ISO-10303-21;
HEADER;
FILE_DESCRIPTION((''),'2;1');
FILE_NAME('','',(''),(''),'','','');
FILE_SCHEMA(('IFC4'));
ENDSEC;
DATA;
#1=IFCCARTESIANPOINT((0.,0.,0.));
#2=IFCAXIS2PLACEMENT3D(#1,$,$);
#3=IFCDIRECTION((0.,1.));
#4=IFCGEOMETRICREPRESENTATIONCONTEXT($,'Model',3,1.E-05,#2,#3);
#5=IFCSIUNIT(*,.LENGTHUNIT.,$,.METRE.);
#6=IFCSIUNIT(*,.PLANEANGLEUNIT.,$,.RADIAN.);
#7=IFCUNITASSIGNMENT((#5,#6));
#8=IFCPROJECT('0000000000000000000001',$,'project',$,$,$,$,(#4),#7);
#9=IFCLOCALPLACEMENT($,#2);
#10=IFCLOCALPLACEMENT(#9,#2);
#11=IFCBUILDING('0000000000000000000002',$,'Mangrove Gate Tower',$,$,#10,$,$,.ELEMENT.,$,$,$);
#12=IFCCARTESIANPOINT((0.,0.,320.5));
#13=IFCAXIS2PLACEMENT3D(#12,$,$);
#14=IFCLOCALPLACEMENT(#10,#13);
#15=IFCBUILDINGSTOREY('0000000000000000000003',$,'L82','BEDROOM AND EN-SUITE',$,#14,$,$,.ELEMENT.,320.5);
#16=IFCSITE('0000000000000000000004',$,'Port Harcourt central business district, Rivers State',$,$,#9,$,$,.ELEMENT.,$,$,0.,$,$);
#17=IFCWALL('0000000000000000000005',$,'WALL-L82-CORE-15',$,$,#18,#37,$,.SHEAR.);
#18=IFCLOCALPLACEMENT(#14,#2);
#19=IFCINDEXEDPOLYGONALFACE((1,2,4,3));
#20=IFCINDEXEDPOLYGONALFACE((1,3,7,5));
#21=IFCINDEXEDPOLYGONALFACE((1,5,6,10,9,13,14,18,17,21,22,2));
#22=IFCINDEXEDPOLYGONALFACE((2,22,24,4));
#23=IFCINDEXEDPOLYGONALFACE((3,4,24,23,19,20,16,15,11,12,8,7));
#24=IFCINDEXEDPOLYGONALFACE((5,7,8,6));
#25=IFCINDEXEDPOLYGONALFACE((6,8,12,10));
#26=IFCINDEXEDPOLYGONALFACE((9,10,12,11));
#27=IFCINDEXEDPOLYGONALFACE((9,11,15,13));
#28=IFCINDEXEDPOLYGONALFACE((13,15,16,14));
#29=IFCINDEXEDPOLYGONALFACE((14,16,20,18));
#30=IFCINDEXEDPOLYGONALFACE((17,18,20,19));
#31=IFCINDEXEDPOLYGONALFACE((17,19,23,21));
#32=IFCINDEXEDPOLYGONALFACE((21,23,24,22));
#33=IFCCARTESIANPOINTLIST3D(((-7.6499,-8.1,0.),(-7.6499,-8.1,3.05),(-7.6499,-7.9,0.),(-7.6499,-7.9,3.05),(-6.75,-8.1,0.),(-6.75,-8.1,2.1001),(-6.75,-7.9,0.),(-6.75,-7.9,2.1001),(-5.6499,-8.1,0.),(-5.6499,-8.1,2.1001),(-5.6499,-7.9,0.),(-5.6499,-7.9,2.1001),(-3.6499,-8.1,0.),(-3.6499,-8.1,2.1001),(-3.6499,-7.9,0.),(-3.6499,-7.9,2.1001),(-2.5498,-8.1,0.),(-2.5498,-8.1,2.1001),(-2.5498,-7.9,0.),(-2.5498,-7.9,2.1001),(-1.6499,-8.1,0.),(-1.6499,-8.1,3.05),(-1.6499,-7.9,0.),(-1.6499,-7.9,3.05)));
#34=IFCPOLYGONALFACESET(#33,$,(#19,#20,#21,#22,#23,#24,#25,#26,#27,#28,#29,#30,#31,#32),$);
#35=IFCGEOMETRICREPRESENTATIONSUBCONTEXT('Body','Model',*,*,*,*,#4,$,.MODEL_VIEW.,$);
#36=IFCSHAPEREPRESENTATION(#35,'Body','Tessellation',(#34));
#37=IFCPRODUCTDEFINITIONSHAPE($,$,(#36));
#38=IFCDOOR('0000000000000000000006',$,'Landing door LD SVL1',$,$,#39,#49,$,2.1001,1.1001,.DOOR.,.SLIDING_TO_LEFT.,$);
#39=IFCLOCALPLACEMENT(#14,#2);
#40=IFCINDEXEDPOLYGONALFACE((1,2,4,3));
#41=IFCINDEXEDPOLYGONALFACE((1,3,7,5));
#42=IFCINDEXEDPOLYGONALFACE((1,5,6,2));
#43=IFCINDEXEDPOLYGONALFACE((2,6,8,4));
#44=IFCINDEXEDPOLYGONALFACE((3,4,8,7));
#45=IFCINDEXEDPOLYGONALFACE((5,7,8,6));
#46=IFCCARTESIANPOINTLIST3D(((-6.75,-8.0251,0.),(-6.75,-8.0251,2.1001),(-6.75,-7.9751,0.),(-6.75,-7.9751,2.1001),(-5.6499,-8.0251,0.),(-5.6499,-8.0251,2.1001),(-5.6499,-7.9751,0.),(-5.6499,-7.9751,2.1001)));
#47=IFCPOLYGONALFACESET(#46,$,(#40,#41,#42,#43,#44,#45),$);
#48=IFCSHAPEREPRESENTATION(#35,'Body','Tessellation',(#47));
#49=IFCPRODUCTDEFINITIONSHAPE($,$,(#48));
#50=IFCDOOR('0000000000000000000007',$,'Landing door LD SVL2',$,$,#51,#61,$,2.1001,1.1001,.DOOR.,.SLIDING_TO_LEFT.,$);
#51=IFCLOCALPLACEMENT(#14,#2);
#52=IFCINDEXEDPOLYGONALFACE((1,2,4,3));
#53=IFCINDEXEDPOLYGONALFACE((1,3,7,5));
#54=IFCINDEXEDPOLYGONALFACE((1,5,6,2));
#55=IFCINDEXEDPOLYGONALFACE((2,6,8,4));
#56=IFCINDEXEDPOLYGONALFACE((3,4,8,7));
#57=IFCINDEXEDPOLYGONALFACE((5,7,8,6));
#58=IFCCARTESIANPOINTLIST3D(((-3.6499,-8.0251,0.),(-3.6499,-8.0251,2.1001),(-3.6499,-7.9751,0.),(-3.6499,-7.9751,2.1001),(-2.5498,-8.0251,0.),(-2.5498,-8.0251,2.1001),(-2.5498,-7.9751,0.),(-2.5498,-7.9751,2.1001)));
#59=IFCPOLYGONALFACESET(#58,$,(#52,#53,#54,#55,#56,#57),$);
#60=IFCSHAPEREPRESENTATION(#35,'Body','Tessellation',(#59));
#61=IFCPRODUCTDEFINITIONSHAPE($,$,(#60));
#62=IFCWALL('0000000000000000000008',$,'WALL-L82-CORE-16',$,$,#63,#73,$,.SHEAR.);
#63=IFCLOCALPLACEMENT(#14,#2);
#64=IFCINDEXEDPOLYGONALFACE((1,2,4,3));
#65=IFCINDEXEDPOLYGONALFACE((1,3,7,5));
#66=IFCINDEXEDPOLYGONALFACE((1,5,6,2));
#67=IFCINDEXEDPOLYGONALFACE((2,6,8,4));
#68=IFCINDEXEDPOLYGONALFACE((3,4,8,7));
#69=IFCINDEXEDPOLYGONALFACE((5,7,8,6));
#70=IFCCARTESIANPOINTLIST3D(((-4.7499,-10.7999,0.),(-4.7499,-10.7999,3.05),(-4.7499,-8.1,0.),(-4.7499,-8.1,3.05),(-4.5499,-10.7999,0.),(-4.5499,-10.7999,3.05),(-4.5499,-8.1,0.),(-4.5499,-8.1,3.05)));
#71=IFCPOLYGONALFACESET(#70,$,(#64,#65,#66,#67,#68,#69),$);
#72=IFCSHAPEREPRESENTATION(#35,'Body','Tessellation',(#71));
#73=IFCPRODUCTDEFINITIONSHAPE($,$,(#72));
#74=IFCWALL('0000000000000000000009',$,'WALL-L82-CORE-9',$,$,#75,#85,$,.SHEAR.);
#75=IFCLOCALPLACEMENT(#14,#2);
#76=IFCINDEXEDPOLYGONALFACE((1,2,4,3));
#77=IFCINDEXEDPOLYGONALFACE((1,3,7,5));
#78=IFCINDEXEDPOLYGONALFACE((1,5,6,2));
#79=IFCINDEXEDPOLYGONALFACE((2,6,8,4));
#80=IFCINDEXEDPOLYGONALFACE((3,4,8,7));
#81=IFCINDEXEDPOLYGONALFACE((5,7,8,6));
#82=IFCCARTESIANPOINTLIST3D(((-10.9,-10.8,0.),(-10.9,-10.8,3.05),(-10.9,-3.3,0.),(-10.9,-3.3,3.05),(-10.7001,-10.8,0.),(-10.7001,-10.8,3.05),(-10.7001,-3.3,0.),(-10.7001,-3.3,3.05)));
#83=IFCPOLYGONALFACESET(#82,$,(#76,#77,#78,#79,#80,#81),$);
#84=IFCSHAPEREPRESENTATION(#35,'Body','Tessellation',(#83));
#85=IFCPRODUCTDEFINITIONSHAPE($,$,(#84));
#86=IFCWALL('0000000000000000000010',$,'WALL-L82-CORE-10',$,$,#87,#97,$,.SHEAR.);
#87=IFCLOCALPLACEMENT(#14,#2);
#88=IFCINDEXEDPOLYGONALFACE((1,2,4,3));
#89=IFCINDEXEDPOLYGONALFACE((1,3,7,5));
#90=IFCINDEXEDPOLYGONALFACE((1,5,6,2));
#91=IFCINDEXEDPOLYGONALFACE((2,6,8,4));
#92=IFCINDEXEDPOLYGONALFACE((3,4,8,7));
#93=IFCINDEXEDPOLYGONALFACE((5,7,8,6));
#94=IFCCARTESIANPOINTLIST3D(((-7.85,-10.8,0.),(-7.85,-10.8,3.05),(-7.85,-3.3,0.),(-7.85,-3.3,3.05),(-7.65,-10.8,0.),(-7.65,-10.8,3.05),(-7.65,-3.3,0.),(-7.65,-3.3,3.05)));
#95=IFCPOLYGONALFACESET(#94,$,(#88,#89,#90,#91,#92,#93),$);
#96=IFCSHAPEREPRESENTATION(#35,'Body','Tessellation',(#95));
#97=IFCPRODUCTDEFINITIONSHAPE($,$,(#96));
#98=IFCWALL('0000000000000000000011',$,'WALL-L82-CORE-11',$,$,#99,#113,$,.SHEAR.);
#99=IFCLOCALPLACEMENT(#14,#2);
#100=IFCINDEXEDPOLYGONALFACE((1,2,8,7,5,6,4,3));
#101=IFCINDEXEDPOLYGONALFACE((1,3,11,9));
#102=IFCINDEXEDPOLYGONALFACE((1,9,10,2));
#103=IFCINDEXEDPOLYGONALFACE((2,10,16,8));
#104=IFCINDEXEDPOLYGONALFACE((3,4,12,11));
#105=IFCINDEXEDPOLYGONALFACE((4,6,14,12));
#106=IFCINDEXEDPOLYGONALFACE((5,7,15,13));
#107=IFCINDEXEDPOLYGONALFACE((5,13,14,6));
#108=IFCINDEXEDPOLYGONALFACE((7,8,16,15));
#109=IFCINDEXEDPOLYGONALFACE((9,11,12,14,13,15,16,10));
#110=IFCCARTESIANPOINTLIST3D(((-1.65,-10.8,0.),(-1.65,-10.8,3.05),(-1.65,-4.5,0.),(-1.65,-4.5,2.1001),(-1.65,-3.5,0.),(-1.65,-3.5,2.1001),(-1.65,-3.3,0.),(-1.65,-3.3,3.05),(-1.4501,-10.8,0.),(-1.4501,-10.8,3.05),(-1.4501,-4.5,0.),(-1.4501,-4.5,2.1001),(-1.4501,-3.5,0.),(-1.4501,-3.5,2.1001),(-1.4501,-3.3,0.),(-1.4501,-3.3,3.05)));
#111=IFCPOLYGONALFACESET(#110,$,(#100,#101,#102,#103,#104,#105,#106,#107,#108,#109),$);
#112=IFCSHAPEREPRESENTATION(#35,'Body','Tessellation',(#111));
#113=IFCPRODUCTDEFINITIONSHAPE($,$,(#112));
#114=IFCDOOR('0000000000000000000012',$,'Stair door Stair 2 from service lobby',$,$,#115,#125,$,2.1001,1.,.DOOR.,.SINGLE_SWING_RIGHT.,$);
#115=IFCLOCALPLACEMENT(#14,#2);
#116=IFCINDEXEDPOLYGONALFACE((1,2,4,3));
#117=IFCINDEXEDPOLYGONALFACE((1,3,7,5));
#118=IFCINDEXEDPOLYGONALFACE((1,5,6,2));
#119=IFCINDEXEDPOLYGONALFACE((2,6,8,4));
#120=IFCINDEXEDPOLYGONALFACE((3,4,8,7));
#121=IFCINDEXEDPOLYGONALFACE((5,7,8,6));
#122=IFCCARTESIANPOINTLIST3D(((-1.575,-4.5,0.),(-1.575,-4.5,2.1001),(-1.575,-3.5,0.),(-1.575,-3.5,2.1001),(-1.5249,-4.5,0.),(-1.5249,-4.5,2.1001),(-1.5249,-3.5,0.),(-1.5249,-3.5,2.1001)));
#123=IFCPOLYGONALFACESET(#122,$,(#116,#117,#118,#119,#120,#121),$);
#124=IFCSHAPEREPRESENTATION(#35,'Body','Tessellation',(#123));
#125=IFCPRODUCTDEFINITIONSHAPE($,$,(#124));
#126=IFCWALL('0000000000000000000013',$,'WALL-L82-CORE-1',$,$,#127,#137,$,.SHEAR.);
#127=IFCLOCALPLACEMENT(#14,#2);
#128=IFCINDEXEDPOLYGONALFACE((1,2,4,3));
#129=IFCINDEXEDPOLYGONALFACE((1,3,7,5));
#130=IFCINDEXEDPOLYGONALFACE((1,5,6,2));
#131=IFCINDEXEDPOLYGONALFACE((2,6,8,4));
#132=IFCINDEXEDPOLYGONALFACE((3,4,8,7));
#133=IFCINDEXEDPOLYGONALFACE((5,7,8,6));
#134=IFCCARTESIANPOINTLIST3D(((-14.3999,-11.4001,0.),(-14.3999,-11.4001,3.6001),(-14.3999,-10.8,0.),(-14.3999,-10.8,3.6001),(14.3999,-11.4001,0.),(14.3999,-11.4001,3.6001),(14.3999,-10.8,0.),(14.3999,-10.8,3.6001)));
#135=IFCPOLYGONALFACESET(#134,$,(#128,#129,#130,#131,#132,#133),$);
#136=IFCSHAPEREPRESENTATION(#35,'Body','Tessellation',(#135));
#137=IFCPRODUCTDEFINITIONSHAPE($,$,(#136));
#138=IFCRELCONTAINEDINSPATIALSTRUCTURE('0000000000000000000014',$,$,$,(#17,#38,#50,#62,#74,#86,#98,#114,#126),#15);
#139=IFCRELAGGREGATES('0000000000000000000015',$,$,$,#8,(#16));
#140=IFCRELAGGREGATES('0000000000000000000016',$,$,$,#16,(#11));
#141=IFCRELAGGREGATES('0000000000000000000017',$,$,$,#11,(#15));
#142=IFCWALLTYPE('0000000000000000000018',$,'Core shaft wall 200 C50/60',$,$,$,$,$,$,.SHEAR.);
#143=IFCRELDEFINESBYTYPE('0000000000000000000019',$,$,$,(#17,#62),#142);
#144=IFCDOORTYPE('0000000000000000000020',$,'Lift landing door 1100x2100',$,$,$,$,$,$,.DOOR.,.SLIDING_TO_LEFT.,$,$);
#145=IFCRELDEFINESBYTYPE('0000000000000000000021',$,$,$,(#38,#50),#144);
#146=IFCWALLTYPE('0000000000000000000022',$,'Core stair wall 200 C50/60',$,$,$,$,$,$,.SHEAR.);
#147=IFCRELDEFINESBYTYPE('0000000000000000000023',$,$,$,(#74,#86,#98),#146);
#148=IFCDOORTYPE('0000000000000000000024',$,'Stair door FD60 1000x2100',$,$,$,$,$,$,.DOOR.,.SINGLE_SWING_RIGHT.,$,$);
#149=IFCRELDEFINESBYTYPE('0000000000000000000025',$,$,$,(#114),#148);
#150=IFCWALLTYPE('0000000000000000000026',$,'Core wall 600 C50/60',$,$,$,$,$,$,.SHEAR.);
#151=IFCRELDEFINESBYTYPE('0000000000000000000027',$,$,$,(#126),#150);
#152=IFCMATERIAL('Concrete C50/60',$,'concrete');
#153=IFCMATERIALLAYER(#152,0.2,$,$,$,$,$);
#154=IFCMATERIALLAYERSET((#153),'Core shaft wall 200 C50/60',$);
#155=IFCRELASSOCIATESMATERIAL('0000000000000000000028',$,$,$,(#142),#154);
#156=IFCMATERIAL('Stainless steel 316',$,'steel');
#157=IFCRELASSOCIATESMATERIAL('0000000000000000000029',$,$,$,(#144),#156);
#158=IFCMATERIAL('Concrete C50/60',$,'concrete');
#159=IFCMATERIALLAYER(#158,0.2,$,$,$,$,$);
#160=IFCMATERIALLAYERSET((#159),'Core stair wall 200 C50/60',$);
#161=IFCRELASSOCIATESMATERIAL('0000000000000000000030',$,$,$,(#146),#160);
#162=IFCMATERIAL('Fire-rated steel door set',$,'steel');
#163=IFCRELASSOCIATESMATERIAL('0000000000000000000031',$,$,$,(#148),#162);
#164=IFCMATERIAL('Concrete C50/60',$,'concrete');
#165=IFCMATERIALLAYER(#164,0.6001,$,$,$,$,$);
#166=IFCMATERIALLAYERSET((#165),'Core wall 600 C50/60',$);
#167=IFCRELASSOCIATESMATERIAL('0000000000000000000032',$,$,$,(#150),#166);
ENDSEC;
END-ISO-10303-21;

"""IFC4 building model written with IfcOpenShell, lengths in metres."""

from ifc_helpers import new_model, si_unit, direction, frame, frame_2d, origin, place, context, subcontext, project, spatial, rectangle, extrude, material, layer, layer_set, type_object, element, fill, save


model = new_model("IFC4")

# Units and contexts
model_context = context("Model", 3, precision=1e-05, world=origin(), true_north=direction((0.0, 1.0)))
body_context = subcontext(model_context, "Body", "Model", "MODEL_VIEW")
ifc_project = project(units=[si_unit("LENGTHUNIT", "METRE"), si_unit("PLANEANGLEUNIT", "RADIAN")], contexts=[model_context])

# Site, building, storey
site_placement = place(None, origin())
site = spatial("IfcSite", under=ifc_project, at=site_placement, Name="Port Harcourt central business district, Rivers State", CompositionType="ELEMENT", RefElevation=0.0)
building_placement = place(site_placement, origin())
building = spatial("IfcBuilding", under=site, at=building_placement, Name="Mangrove Gate Tower", CompositionType="ELEMENT")
storey_placement = place(building_placement, frame((0.0, 0.0, 320.5)))
storey = spatial("IfcBuildingStorey", under=building, at=storey_placement, Name="L82", Description="BEDROOM AND EN-SUITE", CompositionType="ELEMENT", Elevation=320.5)

# Wall, openings, doors
ifc_material_1 = material(Name="Concrete C50/60", Category="concrete")
ifc_layer_1 = layer(ifc_material_1, 0.2)
ifc_layer_set_1 = layer_set([ifc_layer_1], Name="Core shaft wall 200 C50/60")
wall_type_1 = type_object("IfcWallType", Name="Core shaft wall 200 C50/60", PredefinedType="SHEAR", material=ifc_layer_set_1)
wall_1_placement = place(storey_placement, frame((-7.6499, -8.0, 0.0), z_axis=(0.0, 0.0, 1.0), x_axis=(1.0, 0.0, 0.0)))
wall_1 = element("IfcWall", 1, at=wall_1_placement, inside=storey, type_object=wall_type_1, Name="WALL-L82-CORE-15", PredefinedType="SHEAR", context=body_context, shape_type="SweptSolid", body=[
    extrude(rectangle(XDim=6.0, YDim=0.2, at=frame_2d((3.0, 0.0))), origin(), (0.0, 0.0, 1.0), 3.05),
])
opening_1_placement = place(wall_1_placement, frame((0.8999, 0.0, 0.0)))
opening_1 = element("IfcOpeningElement", 2, at=opening_1_placement, cuts=wall_1, PredefinedType="OPENING", context=body_context, shape_type="SweptSolid", body=[
    extrude(rectangle(XDim=1.1001, YDim=2.1001, at=frame_2d((0.55, 1.05))), frame((0.0, 0.1099, 0.0), z_axis=(0.0, -1.0, 0.0), x_axis=(1.0, 0.0, 0.0)), (0.0, 0.0, 1.0), 0.22),
])
opening_2_placement = place(wall_1_placement, frame((4.0, 0.0, 0.0)))
opening_2 = element("IfcOpeningElement", 3, at=opening_2_placement, cuts=wall_1, PredefinedType="OPENING", context=body_context, shape_type="SweptSolid", body=[
    extrude(rectangle(XDim=1.1001, YDim=2.1001, at=frame_2d((0.55, 1.05))), frame((0.0, 0.1099, 0.0), z_axis=(0.0, -1.0, 0.0), x_axis=(1.0, 0.0, 0.0)), (0.0, 0.0, 1.0), 0.22),
])
ifc_material_2 = material(Name="Stainless steel 316", Category="steel")
door_type_1 = type_object("IfcDoorType", Name="Lift landing door 1100x2100", OperationType="SLIDING_TO_LEFT", PredefinedType="DOOR", material=ifc_material_2)
door_1_placement = place(opening_1_placement, origin())
door_1 = element("IfcDoor", 4, at=door_1_placement, inside=storey, type_object=door_type_1, Name="Landing door LD SVL1", OperationType="SLIDING_TO_LEFT", OverallHeight=2.1001, OverallWidth=1.1001, PredefinedType="DOOR", context=body_context, shape_type="SweptSolid", body=[
    extrude(rectangle(XDim=1.1001, YDim=2.1001, at=frame_2d((0.55, 1.05))), frame((0.0, 0.0249, 0.0), z_axis=(0.0, -1.0, 0.0), x_axis=(1.0, 0.0, 0.0)), (0.0, 0.0, 1.0), 0.05),
])
fill(opening_1, door_1)
door_2_placement = place(opening_2_placement, origin())
door_2 = element("IfcDoor", 5, at=door_2_placement, inside=storey, type_object=door_type_1, Name="Landing door LD SVL2", OperationType="SLIDING_TO_LEFT", OverallHeight=2.1001, OverallWidth=1.1001, PredefinedType="DOOR", context=body_context, shape_type="SweptSolid", body=[
    extrude(rectangle(XDim=1.1001, YDim=2.1001, at=frame_2d((0.55, 1.05))), frame((0.0, 0.0249, 0.0), z_axis=(0.0, -1.0, 0.0), x_axis=(1.0, 0.0, 0.0)), (0.0, 0.0, 1.0), 0.05),
])
fill(opening_2, door_2)

# Walls
wall_2_placement = place(storey_placement, frame((-4.6499, -10.8, 0.0), z_axis=(0.0, 0.0, 1.0), x_axis=(0.0, 1.0, 0.0)))
element("IfcWall", 6, at=wall_2_placement, inside=storey, type_object=wall_type_1, Name="WALL-L82-CORE-16", PredefinedType="SHEAR", context=body_context, shape_type="SweptSolid", body=[
    extrude(rectangle(XDim=2.7, YDim=0.2, at=frame_2d((1.3501, 0.0))), origin(), (0.0, 0.0, 1.0), 3.05),
])
ifc_material_3 = material(Name="Concrete C50/60", Category="concrete")
ifc_layer_2 = layer(ifc_material_3, 0.2)
ifc_layer_set_2 = layer_set([ifc_layer_2], Name="Core stair wall 200 C50/60")
wall_type_2 = type_object("IfcWallType", Name="Core stair wall 200 C50/60", PredefinedType="SHEAR", material=ifc_layer_set_2)
for number, where, z_axis, x_axis, name in (
    (7, (-10.8, -10.8, 0.0), (0.0, 0.0, 1.0), (0.0, 1.0, 0.0), "WALL-L82-CORE-9"),
    (8, (-7.75, -10.8, 0.0), (0.0, 0.0, 1.0), (0.0, 1.0, 0.0), "WALL-L82-CORE-10"),
):
    element("IfcWall", number, at=place(storey_placement, frame(where, z_axis=z_axis, x_axis=x_axis)), inside=storey, type_object=wall_type_2, Name=name, PredefinedType="SHEAR", context=body_context, shape_type="SweptSolid", body=[
        extrude(rectangle(XDim=7.5, YDim=0.2, at=frame_2d((3.75, 0.0))), origin(), (0.0, 0.0, 1.0), 3.05),
    ])

# Wall, opening, door
wall_3_placement = place(storey_placement, frame((-1.55, -10.8, 0.0), z_axis=(0.0, 0.0, 1.0), x_axis=(0.0, 1.0, 0.0)))
wall_3 = element("IfcWall", 9, at=wall_3_placement, inside=storey, type_object=wall_type_2, Name="WALL-L82-CORE-11", PredefinedType="SHEAR", context=body_context, shape_type="SweptSolid", body=[
    extrude(rectangle(XDim=7.5, YDim=0.2, at=frame_2d((3.75, 0.0))), origin(), (0.0, 0.0, 1.0), 3.05),
])
opening_3_placement = place(wall_3_placement, frame((6.3, 0.0, 0.0)))
opening_3 = element("IfcOpeningElement", 10, at=opening_3_placement, cuts=wall_3, PredefinedType="OPENING", context=body_context, shape_type="SweptSolid", body=[
    extrude(rectangle(XDim=1.0, YDim=2.1001, at=frame_2d((0.5, 1.05))), frame((0.0, 0.1099, 0.0), z_axis=(0.0, -1.0, 0.0), x_axis=(1.0, 0.0, 0.0)), (0.0, 0.0, 1.0), 0.22),
])
ifc_material_4 = material(Name="Fire-rated steel door set", Category="steel")
door_type_2 = type_object("IfcDoorType", Name="Stair door FD60 1000x2100", OperationType="SINGLE_SWING_RIGHT", PredefinedType="DOOR", material=ifc_material_4)
door_3_placement = place(opening_3_placement, origin())
door_3 = element("IfcDoor", 11, at=door_3_placement, inside=storey, type_object=door_type_2, Name="Stair door Stair 2 from service lobby", OperationType="SINGLE_SWING_RIGHT", OverallHeight=2.1001, OverallWidth=1.0, PredefinedType="DOOR", context=body_context, shape_type="SweptSolid", body=[
    extrude(rectangle(XDim=1.0, YDim=2.1001, at=frame_2d((0.5, 1.05))), frame((0.0, 0.0249, 0.0), z_axis=(0.0, -1.0, 0.0), x_axis=(1.0, 0.0, 0.0)), (0.0, 0.0, 1.0), 0.05),
])
fill(opening_3, door_3)

# Wall
ifc_material_5 = material(Name="Concrete C50/60", Category="concrete")
ifc_layer_3 = layer(ifc_material_5, 0.6001)
ifc_layer_set_3 = layer_set([ifc_layer_3], Name="Core wall 600 C50/60")
wall_type_3 = type_object("IfcWallType", Name="Core wall 600 C50/60", PredefinedType="SHEAR", material=ifc_layer_set_3)
wall_4_placement = place(storey_placement, frame((-14.3999, -11.1001, 0.0), z_axis=(0.0, 0.0, 1.0), x_axis=(1.0, 0.0, 0.0)))
element("IfcWall", 12, at=wall_4_placement, inside=storey, type_object=wall_type_3, Name="WALL-L82-CORE-1", PredefinedType="SHEAR", context=body_context, shape_type="SweptSolid", body=[
    extrude(rectangle(XDim=28.7998, YDim=0.6001, at=frame_2d((14.3999, 0.0))), origin(), (0.0, 0.0, 1.0), 3.6001),
])

save(model, "model.ifc")
